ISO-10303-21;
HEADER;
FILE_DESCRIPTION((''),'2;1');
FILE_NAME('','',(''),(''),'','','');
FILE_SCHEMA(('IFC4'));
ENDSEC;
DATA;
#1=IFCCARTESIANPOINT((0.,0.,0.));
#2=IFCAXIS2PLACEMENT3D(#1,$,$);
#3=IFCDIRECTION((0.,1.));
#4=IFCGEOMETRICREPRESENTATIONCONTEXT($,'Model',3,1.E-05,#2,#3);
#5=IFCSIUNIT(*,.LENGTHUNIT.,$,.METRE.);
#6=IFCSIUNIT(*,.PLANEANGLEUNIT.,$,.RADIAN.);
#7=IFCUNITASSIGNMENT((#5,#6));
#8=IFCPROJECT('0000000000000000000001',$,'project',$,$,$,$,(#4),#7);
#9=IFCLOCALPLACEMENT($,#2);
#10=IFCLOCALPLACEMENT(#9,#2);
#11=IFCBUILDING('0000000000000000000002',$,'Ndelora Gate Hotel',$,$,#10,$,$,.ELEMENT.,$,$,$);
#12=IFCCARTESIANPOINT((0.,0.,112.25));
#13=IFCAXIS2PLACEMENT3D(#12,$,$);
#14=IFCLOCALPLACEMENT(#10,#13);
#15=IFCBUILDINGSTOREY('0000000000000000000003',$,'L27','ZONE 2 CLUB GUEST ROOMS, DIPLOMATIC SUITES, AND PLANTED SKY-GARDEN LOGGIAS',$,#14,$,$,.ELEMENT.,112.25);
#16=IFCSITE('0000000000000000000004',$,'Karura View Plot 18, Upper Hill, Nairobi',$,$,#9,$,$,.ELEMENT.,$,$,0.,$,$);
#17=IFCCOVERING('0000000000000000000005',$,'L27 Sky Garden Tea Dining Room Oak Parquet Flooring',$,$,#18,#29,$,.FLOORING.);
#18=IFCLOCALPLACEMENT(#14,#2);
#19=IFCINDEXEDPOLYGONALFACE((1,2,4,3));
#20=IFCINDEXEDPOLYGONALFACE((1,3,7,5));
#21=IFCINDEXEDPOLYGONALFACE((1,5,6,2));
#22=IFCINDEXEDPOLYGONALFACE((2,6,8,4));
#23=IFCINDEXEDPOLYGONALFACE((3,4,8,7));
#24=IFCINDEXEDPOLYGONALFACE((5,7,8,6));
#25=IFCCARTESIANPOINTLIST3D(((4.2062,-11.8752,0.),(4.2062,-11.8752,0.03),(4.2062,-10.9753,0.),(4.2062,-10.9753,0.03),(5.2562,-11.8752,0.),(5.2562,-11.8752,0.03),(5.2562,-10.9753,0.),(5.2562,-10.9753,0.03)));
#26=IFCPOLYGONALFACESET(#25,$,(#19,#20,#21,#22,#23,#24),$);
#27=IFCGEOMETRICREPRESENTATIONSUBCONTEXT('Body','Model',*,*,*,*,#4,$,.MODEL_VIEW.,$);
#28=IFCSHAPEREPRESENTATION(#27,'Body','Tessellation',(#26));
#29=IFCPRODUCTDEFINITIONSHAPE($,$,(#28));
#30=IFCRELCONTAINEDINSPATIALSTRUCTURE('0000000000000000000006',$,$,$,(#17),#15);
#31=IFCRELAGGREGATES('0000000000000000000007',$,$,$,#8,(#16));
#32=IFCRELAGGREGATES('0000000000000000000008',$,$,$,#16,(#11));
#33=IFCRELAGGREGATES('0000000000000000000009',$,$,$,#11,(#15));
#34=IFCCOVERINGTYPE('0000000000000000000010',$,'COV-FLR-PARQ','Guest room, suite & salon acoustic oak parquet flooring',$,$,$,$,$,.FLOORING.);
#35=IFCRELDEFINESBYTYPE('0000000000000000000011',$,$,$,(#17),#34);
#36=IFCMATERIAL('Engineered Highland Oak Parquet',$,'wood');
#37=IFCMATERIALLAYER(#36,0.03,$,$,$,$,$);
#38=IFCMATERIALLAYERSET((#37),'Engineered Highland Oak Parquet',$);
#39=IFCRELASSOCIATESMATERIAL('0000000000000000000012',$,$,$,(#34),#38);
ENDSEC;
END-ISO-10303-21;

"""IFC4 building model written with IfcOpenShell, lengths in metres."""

from ifc_helpers import new_model, si_unit, direction, frame, origin, origin_2d, place, context, subcontext, project, spatial, rectangle, extrude, material, layer, layer_set, type_object, element, save


model = new_model("IFC4")

# Units and contexts
model_context = context("Model", 3, precision=1e-05, world=origin(), true_north=direction((0.0, 1.0)))
body_context = subcontext(model_context, "Body", "Model", "MODEL_VIEW")
ifc_project = project(units=[si_unit("LENGTHUNIT", "METRE"), si_unit("PLANEANGLEUNIT", "RADIAN")], contexts=[model_context])

# Site, building, storey
site_placement = place(None, origin())
site = spatial("IfcSite", under=ifc_project, at=site_placement, Name="Karura View Plot 18, Upper Hill, Nairobi", CompositionType="ELEMENT", RefElevation=0.0)
building_placement = place(site_placement, origin())
building = spatial("IfcBuilding", under=site, at=building_placement, Name="Ndelora Gate Hotel", CompositionType="ELEMENT")
storey_placement = place(building_placement, frame((0.0, 0.0, 112.25)))
storey = spatial("IfcBuildingStorey", under=building, at=storey_placement, Name="L27", Description="ZONE 2 CLUB GUEST ROOMS, DIPLOMATIC SUITES, AND PLANTED SKY-GARDEN LOGGIAS", CompositionType="ELEMENT", Elevation=112.25)

# Covering
ifc_material_1 = material(Name="Engineered Highland Oak Parquet", Category="wood")
ifc_layer_1 = layer(ifc_material_1, 0.03)
ifc_layer_set_1 = layer_set([ifc_layer_1], Name="Engineered Highland Oak Parquet")
covering_type = type_object("IfcCoveringType", Name="COV-FLR-PARQ", Description="Guest room, suite & salon acoustic oak parquet flooring", PredefinedType="FLOORING", material=ifc_layer_set_1)
covering_placement = place(storey_placement, frame((4.7312, -11.4253, 0.0), z_axis=(0.0, 0.0, 1.0), x_axis=(1.0, 0.0, 0.0)))
element("IfcCovering", 1, at=covering_placement, inside=storey, type_object=covering_type, Name="L27 Sky Garden Tea Dining Room Oak Parquet Flooring", PredefinedType="FLOORING", context=body_context, shape_type="SweptSolid", body=[
    extrude(rectangle(XDim=1.05, YDim=0.8999, at=origin_2d()), origin(), (0.0, 0.0, 1.0), 0.03),
])

save(model, "model.ifc")
